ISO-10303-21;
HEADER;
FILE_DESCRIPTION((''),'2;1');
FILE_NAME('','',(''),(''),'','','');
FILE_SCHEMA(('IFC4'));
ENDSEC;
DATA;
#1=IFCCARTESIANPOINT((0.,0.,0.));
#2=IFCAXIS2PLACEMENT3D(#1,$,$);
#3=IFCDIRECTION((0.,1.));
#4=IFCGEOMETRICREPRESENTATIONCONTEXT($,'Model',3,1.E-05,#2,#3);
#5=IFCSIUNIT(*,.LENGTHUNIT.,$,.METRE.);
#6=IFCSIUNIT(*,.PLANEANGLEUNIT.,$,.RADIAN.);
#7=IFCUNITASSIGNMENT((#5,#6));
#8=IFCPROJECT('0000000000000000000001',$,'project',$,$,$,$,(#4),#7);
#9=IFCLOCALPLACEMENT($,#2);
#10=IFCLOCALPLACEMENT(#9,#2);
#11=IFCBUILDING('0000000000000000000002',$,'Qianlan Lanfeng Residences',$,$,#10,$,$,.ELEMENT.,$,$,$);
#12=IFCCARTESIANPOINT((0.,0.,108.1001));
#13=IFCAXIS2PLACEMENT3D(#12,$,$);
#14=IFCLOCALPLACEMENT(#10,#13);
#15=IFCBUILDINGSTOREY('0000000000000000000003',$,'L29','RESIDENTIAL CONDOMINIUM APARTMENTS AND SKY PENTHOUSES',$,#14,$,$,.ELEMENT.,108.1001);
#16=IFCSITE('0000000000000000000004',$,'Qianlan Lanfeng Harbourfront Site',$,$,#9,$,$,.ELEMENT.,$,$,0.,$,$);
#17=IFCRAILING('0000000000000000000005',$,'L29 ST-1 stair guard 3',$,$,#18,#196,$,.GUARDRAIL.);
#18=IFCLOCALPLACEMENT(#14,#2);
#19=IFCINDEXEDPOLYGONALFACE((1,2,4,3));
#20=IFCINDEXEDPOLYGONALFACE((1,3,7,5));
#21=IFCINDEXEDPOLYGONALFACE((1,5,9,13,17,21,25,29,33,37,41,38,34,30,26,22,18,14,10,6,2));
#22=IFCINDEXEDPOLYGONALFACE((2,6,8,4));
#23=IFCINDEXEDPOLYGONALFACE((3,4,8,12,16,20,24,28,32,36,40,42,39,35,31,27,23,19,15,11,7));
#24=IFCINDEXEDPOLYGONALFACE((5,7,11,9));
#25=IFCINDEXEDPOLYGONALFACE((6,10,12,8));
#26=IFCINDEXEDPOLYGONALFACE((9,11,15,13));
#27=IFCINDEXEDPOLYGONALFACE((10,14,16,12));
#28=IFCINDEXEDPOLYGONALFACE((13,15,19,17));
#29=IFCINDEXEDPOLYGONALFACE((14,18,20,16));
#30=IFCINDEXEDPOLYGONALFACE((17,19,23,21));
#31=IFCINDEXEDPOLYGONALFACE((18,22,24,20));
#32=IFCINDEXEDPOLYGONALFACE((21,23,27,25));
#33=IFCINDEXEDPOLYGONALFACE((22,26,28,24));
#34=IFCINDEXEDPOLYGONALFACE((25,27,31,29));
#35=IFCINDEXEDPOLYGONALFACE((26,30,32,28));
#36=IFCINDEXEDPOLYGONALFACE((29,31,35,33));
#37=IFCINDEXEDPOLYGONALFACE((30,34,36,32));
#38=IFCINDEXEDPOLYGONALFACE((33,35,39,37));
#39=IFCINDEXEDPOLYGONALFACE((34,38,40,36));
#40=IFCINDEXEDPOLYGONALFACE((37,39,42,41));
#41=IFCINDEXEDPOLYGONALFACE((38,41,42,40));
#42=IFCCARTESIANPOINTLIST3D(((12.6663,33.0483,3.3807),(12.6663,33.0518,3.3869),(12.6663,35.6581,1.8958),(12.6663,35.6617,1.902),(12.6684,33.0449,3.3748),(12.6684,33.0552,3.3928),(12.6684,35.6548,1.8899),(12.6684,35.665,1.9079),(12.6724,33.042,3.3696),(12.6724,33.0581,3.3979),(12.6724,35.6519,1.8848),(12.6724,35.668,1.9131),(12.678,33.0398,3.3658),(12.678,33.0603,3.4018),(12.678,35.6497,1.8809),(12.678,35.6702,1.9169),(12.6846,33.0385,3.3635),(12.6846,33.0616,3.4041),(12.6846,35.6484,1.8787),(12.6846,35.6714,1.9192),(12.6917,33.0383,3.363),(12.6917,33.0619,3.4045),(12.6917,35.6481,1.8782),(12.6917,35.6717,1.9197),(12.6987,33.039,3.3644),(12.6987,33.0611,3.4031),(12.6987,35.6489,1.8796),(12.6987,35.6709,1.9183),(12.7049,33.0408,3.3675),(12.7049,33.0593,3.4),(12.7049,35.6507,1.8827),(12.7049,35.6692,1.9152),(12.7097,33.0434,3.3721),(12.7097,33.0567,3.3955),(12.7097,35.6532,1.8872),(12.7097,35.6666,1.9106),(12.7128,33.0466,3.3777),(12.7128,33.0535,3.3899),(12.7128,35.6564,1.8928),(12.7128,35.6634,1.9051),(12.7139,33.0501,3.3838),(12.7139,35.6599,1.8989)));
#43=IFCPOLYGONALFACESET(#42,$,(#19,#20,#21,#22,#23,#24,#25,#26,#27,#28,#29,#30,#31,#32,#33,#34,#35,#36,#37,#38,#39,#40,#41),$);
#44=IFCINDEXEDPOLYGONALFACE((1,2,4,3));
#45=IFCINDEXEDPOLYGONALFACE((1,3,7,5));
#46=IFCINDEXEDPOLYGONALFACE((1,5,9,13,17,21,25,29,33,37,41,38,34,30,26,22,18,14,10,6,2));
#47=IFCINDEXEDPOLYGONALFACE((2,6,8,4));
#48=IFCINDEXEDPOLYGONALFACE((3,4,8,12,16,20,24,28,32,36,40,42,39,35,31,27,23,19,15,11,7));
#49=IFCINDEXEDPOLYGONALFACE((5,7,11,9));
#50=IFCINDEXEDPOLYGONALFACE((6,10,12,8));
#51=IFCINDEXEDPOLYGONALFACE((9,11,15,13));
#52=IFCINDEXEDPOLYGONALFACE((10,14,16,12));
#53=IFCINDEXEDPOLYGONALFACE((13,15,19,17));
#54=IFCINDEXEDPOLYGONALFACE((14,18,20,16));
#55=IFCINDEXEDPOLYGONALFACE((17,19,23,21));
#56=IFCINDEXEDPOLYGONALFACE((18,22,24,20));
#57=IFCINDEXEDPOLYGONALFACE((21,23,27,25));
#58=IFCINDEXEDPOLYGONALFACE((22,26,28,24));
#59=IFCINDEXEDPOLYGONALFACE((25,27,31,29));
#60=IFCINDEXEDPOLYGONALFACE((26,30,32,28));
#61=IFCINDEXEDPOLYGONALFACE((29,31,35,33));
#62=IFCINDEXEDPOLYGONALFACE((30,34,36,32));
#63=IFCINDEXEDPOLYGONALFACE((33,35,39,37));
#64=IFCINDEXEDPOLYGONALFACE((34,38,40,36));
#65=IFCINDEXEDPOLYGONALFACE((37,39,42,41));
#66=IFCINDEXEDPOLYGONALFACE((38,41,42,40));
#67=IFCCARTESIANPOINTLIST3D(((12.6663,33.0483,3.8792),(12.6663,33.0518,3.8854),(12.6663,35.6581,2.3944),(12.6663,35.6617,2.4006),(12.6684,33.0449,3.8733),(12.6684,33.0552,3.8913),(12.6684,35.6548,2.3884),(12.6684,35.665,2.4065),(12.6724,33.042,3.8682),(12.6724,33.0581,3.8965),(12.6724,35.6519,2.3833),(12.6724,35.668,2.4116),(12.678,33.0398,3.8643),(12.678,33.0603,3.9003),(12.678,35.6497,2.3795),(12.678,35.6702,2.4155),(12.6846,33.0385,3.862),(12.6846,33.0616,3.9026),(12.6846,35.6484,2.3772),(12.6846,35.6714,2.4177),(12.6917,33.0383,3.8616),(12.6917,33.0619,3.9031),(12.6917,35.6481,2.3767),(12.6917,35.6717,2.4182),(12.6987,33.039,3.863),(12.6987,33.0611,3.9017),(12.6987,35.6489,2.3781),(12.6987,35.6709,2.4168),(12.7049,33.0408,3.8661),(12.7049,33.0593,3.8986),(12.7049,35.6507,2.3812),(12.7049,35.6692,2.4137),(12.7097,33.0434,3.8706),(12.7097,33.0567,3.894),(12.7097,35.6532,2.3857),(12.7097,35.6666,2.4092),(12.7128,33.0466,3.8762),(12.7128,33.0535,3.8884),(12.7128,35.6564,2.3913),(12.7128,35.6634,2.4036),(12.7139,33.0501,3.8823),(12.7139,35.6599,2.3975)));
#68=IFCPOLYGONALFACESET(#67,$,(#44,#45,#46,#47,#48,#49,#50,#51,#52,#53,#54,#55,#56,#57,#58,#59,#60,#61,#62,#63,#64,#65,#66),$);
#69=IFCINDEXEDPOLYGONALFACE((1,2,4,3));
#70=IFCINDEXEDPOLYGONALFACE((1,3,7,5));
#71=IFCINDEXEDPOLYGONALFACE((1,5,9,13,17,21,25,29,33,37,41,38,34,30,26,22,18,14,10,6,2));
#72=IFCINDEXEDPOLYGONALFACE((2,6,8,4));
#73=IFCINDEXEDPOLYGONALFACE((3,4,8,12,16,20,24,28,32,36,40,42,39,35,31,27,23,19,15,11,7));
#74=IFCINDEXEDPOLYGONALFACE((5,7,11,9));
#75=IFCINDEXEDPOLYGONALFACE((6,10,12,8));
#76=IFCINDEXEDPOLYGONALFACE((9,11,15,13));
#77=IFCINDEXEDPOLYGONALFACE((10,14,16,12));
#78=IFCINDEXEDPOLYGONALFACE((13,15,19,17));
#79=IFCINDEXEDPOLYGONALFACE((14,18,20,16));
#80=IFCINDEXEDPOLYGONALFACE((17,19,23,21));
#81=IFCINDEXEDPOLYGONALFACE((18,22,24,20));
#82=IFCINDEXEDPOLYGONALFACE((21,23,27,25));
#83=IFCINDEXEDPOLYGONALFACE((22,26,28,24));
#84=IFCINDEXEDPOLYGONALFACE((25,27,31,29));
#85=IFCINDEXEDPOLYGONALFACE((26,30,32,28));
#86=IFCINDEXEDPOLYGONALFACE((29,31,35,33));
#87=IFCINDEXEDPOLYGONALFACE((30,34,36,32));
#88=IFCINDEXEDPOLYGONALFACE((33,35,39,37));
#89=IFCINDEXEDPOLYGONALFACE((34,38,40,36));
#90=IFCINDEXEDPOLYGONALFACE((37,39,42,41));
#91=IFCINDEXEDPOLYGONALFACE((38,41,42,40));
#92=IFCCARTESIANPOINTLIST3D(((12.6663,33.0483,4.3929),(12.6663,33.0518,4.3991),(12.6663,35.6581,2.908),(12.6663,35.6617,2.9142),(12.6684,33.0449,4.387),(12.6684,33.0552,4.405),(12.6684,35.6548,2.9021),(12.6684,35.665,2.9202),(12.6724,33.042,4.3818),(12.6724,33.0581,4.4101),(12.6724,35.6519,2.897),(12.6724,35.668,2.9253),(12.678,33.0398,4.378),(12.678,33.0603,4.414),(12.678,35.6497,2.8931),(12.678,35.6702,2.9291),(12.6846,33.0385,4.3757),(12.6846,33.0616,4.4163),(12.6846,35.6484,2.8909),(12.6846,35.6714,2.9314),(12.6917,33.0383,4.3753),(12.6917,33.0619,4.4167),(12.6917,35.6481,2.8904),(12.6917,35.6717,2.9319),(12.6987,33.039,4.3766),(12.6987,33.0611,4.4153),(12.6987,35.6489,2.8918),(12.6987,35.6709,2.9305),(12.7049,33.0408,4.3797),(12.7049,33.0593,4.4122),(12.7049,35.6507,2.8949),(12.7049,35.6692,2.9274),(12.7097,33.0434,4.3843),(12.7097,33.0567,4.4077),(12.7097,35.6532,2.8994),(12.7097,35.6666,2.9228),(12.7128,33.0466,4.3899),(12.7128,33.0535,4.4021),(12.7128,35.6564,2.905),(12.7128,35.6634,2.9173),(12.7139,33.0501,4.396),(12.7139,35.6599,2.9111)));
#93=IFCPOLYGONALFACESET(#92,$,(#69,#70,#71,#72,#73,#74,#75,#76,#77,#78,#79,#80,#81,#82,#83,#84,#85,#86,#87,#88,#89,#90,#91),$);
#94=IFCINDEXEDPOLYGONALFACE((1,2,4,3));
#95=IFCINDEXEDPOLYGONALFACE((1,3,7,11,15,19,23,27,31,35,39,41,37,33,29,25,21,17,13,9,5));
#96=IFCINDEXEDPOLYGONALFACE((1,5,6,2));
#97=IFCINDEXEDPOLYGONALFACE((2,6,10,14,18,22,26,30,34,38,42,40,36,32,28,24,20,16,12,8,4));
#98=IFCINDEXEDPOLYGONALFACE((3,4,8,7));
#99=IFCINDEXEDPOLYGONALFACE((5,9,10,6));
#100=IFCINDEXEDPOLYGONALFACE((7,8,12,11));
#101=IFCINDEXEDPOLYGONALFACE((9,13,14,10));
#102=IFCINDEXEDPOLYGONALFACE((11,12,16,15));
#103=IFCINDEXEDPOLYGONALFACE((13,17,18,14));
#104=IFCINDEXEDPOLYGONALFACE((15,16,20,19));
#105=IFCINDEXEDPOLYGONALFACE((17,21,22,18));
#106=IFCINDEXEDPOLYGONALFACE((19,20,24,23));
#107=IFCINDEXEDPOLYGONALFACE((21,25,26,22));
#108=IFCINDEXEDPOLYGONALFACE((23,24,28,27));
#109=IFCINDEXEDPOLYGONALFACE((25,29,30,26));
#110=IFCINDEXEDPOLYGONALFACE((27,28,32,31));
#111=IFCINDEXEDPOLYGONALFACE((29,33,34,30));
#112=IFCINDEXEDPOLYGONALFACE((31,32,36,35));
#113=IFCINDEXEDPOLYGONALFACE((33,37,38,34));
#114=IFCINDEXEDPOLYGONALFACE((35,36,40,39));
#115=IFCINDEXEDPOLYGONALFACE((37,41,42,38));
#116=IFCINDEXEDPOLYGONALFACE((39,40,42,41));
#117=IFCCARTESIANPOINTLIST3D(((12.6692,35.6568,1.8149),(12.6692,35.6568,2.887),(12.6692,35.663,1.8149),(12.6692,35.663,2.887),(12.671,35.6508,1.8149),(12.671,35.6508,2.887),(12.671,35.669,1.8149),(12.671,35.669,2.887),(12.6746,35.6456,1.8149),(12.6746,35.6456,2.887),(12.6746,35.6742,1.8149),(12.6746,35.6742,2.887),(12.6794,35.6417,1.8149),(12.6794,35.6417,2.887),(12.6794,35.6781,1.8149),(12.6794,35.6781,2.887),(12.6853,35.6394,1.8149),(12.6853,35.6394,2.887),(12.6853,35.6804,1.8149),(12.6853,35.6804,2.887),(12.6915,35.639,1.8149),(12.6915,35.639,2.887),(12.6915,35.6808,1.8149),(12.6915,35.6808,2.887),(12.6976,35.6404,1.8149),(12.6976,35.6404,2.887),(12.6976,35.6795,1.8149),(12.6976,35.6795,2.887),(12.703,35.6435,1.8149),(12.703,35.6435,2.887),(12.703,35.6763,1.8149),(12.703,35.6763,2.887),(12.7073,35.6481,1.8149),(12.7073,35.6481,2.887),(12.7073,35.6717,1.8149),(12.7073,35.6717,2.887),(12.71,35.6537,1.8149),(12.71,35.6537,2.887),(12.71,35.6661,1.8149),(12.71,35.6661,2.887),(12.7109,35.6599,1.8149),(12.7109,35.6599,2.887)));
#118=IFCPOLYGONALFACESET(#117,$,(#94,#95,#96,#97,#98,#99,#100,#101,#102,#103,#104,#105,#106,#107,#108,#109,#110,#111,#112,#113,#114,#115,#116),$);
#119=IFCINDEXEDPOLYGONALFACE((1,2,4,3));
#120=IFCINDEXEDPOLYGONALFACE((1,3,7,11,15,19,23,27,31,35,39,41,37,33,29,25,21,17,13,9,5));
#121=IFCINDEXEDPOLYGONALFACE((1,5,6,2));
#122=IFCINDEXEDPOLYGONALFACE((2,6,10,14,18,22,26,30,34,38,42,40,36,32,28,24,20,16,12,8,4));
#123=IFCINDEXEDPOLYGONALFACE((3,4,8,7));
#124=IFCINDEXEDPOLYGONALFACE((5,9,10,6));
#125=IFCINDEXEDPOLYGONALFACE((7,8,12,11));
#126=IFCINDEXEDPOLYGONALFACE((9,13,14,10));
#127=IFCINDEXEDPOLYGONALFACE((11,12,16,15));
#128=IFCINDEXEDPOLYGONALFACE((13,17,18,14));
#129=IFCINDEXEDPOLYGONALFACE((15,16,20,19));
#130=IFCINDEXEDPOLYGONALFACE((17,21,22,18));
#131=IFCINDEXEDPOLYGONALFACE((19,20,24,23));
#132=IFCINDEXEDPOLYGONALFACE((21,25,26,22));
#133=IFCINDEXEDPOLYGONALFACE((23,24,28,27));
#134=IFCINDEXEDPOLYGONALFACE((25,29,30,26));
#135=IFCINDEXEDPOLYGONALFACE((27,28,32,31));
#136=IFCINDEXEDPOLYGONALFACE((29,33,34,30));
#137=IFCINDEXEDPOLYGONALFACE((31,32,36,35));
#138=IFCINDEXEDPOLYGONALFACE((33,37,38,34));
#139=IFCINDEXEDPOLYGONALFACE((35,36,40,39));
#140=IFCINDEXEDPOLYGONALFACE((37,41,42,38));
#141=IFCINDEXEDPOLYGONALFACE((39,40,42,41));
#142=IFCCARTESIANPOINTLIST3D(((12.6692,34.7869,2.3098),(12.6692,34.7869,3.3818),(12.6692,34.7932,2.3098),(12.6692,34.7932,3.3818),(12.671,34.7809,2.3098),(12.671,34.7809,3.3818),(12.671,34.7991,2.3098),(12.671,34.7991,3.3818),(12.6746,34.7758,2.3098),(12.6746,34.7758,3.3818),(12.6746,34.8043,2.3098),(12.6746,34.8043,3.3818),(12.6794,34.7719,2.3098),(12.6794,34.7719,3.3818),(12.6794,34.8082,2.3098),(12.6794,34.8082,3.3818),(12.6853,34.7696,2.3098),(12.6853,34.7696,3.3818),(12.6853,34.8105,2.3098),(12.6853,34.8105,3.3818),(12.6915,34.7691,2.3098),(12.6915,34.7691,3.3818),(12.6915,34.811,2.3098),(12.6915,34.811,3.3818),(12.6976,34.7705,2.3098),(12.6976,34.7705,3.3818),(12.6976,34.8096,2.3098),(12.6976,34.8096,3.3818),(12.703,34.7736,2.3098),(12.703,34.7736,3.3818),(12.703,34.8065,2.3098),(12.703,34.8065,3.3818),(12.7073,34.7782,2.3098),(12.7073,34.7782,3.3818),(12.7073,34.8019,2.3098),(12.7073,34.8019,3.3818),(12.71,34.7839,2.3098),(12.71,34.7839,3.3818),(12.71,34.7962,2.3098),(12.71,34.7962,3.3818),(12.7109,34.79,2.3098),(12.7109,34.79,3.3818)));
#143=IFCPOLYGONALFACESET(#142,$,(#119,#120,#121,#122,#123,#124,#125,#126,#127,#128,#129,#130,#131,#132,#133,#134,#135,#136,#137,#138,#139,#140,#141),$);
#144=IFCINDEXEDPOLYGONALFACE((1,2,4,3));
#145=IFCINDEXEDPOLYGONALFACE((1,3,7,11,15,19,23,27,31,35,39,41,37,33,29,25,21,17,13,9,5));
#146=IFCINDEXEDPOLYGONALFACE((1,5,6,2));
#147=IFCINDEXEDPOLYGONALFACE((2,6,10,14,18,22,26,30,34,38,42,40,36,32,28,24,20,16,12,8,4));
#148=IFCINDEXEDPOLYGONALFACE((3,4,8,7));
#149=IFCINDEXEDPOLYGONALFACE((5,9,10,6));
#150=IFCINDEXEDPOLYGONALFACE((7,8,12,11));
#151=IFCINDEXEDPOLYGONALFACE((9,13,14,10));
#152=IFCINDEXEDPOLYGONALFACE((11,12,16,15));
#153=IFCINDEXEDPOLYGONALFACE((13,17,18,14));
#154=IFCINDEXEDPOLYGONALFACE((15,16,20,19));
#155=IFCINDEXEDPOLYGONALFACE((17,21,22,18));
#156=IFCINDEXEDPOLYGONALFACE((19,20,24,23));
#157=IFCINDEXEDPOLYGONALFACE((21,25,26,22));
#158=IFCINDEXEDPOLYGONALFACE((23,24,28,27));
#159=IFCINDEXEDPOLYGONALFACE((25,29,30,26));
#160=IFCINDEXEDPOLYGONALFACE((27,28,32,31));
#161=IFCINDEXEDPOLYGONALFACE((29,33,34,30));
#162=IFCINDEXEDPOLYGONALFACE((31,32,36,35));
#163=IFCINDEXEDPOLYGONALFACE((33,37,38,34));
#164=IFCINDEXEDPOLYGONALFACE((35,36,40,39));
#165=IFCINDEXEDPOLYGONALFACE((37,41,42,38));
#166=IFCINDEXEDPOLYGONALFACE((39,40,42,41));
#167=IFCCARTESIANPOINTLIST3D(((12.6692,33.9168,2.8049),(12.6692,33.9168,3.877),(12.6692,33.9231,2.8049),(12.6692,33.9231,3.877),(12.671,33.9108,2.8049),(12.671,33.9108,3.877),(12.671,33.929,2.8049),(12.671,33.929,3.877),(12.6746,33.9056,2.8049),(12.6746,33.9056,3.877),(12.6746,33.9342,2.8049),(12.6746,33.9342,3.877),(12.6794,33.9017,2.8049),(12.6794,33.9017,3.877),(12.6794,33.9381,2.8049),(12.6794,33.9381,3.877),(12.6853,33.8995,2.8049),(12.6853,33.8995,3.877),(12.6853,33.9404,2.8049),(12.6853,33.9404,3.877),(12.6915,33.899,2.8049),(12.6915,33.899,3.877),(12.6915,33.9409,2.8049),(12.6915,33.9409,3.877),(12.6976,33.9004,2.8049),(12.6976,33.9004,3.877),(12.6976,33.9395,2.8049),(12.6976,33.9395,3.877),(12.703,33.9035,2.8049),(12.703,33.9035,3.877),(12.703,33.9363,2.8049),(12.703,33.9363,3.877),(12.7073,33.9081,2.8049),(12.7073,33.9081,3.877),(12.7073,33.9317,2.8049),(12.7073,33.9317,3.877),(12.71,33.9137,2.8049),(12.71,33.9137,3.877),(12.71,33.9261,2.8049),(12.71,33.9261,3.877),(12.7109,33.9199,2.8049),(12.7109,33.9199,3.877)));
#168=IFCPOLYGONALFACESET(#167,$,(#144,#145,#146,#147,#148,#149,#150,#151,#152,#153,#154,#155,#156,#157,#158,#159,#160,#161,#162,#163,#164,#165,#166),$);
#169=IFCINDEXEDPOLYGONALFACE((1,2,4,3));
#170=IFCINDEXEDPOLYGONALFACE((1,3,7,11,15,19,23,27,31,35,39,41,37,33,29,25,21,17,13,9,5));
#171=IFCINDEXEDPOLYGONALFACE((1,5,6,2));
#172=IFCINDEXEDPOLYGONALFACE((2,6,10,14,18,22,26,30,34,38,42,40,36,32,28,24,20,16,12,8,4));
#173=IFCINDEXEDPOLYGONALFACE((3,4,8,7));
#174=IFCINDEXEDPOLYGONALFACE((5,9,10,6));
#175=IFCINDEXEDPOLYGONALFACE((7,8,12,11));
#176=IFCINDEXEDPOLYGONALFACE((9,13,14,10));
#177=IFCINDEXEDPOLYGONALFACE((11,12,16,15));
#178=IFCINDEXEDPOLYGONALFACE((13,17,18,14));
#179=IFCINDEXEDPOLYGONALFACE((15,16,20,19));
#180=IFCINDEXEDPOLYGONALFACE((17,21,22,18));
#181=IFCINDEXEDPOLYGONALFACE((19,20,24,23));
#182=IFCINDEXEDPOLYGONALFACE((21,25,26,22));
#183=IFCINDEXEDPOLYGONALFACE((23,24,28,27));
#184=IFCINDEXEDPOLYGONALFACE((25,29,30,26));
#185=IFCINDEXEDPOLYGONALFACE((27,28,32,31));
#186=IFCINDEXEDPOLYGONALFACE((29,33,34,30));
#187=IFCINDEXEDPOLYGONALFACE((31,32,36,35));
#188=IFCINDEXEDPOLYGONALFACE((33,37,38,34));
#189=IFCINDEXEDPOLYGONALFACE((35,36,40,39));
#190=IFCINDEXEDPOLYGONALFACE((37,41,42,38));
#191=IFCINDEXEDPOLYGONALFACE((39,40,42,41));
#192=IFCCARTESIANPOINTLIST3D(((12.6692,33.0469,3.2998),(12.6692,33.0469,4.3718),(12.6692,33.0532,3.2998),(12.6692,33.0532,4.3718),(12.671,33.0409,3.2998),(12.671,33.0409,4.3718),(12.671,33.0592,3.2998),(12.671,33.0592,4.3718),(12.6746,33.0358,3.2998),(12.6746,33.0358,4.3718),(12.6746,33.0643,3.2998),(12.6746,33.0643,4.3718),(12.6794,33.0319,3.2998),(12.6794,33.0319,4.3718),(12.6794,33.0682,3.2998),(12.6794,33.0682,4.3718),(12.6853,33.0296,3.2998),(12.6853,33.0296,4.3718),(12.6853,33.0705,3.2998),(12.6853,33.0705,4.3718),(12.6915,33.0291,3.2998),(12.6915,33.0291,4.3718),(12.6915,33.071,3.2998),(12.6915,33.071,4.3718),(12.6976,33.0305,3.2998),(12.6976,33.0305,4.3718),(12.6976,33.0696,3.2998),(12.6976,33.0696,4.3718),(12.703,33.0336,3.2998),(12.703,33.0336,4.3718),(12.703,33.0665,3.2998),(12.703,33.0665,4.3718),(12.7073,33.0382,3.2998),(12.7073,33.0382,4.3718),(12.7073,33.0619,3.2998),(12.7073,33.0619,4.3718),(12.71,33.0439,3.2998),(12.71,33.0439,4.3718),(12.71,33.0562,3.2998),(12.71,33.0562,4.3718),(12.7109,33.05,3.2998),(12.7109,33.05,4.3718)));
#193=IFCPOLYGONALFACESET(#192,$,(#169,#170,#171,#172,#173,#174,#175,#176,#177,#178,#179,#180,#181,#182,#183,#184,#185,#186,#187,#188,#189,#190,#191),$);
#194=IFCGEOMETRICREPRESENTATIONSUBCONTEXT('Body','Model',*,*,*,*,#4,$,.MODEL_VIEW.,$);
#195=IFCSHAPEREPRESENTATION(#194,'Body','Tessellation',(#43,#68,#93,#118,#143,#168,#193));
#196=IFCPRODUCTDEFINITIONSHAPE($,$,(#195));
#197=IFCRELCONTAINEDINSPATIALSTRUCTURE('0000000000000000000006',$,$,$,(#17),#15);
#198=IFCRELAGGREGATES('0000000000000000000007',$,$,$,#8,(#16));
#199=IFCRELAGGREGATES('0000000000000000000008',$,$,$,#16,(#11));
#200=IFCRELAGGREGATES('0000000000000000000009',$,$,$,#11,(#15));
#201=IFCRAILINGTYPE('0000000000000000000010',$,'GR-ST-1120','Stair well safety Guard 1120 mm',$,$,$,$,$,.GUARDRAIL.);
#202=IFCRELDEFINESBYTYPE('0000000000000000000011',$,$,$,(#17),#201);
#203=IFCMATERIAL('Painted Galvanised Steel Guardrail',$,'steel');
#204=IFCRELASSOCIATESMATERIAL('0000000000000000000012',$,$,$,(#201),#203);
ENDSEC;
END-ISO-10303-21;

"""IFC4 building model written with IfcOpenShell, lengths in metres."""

from ifc_helpers import new_model, si_unit, direction, frame, origin, origin_2d, place, context, subcontext, project, spatial, circle, extrude, material, type_object, element, save


model = new_model("IFC4")

# Units and contexts
model_context = context("Model", 3, precision=1e-05, world=origin(), true_north=direction((0.0, 1.0)))
body_context = subcontext(model_context, "Body", "Model", "MODEL_VIEW")
ifc_project = project(units=[si_unit("LENGTHUNIT", "METRE"), si_unit("PLANEANGLEUNIT", "RADIAN")], contexts=[model_context])

# Site, building, storey
site_placement = place(None, origin())
site = spatial("IfcSite", under=ifc_project, at=site_placement, Name="Qianlan Lanfeng Harbourfront Site", CompositionType="ELEMENT", RefElevation=0.0)
building_placement = place(site_placement, origin())
building = spatial("IfcBuilding", under=site, at=building_placement, Name="Qianlan Lanfeng Residences", CompositionType="ELEMENT")
storey_placement = place(building_placement, frame((0.0, 0.0, 108.1001)))
storey = spatial("IfcBuildingStorey", under=building, at=storey_placement, Name="L29", Description="RESIDENTIAL CONDOMINIUM APARTMENTS AND SKY PENTHOUSES", CompositionType="ELEMENT", Elevation=108.1001)

# Railing
ifc_material_1 = material(Name="Painted Galvanised Steel Guardrail", Category="steel")
railing_type_1 = type_object("IfcRailingType", Name="GR-ST-1120", Description="Stair well safety Guard 1120 mm", PredefinedType="GUARDRAIL", material=ifc_material_1)
railing_1_placement = place(storey_placement, frame((12.6899, 35.6599, 1.8149)))
element("IfcRailing", 1, at=railing_1_placement, inside=storey, type_object=railing_type_1, Name="L29 ST-1 stair guard 3", PredefinedType="GUARDRAIL", context=body_context, shape_type="SweptSolid", body=[
    extrude(circle(Radius=0.0239, at=origin_2d()), frame((0.0, 0.0, 0.084), z_axis=(0.0, -0.869172, 0.494509), x_axis=(1.0, 0.0, 0.0)), (0.0, 0.0, 1.0), 3.0027),
    extrude(circle(Radius=0.0239, at=origin_2d()), frame((0.0, 0.0, 0.5825), z_axis=(0.0, -0.869172, 0.494509), x_axis=(1.0, 0.0, 0.0)), (0.0, 0.0, 1.0), 3.0027),
    extrude(circle(Radius=0.0239, at=origin_2d()), frame((0.0, 0.0, 1.0962), z_axis=(0.0, -0.869172, 0.494509), x_axis=(1.0, 0.0, 0.0)), (0.0, 0.0, 1.0), 3.0027),
    extrude(circle(Radius=0.021, at=origin_2d()), origin(), (0.0, 0.0, 1.0), 1.072),
    extrude(circle(Radius=0.021, at=origin_2d()), frame((0.0, -0.8699, 0.4949)), (0.0, 0.0, 1.0), 1.072),
    extrude(circle(Radius=0.021, at=origin_2d()), frame((0.0, -1.74, 0.99)), (0.0, 0.0, 1.0), 1.072),
    extrude(circle(Radius=0.021, at=origin_2d()), frame((0.0, -2.6099, 1.4849)), (0.0, 0.0, 1.0), 1.072),
])

save(model, "model.ifc")
